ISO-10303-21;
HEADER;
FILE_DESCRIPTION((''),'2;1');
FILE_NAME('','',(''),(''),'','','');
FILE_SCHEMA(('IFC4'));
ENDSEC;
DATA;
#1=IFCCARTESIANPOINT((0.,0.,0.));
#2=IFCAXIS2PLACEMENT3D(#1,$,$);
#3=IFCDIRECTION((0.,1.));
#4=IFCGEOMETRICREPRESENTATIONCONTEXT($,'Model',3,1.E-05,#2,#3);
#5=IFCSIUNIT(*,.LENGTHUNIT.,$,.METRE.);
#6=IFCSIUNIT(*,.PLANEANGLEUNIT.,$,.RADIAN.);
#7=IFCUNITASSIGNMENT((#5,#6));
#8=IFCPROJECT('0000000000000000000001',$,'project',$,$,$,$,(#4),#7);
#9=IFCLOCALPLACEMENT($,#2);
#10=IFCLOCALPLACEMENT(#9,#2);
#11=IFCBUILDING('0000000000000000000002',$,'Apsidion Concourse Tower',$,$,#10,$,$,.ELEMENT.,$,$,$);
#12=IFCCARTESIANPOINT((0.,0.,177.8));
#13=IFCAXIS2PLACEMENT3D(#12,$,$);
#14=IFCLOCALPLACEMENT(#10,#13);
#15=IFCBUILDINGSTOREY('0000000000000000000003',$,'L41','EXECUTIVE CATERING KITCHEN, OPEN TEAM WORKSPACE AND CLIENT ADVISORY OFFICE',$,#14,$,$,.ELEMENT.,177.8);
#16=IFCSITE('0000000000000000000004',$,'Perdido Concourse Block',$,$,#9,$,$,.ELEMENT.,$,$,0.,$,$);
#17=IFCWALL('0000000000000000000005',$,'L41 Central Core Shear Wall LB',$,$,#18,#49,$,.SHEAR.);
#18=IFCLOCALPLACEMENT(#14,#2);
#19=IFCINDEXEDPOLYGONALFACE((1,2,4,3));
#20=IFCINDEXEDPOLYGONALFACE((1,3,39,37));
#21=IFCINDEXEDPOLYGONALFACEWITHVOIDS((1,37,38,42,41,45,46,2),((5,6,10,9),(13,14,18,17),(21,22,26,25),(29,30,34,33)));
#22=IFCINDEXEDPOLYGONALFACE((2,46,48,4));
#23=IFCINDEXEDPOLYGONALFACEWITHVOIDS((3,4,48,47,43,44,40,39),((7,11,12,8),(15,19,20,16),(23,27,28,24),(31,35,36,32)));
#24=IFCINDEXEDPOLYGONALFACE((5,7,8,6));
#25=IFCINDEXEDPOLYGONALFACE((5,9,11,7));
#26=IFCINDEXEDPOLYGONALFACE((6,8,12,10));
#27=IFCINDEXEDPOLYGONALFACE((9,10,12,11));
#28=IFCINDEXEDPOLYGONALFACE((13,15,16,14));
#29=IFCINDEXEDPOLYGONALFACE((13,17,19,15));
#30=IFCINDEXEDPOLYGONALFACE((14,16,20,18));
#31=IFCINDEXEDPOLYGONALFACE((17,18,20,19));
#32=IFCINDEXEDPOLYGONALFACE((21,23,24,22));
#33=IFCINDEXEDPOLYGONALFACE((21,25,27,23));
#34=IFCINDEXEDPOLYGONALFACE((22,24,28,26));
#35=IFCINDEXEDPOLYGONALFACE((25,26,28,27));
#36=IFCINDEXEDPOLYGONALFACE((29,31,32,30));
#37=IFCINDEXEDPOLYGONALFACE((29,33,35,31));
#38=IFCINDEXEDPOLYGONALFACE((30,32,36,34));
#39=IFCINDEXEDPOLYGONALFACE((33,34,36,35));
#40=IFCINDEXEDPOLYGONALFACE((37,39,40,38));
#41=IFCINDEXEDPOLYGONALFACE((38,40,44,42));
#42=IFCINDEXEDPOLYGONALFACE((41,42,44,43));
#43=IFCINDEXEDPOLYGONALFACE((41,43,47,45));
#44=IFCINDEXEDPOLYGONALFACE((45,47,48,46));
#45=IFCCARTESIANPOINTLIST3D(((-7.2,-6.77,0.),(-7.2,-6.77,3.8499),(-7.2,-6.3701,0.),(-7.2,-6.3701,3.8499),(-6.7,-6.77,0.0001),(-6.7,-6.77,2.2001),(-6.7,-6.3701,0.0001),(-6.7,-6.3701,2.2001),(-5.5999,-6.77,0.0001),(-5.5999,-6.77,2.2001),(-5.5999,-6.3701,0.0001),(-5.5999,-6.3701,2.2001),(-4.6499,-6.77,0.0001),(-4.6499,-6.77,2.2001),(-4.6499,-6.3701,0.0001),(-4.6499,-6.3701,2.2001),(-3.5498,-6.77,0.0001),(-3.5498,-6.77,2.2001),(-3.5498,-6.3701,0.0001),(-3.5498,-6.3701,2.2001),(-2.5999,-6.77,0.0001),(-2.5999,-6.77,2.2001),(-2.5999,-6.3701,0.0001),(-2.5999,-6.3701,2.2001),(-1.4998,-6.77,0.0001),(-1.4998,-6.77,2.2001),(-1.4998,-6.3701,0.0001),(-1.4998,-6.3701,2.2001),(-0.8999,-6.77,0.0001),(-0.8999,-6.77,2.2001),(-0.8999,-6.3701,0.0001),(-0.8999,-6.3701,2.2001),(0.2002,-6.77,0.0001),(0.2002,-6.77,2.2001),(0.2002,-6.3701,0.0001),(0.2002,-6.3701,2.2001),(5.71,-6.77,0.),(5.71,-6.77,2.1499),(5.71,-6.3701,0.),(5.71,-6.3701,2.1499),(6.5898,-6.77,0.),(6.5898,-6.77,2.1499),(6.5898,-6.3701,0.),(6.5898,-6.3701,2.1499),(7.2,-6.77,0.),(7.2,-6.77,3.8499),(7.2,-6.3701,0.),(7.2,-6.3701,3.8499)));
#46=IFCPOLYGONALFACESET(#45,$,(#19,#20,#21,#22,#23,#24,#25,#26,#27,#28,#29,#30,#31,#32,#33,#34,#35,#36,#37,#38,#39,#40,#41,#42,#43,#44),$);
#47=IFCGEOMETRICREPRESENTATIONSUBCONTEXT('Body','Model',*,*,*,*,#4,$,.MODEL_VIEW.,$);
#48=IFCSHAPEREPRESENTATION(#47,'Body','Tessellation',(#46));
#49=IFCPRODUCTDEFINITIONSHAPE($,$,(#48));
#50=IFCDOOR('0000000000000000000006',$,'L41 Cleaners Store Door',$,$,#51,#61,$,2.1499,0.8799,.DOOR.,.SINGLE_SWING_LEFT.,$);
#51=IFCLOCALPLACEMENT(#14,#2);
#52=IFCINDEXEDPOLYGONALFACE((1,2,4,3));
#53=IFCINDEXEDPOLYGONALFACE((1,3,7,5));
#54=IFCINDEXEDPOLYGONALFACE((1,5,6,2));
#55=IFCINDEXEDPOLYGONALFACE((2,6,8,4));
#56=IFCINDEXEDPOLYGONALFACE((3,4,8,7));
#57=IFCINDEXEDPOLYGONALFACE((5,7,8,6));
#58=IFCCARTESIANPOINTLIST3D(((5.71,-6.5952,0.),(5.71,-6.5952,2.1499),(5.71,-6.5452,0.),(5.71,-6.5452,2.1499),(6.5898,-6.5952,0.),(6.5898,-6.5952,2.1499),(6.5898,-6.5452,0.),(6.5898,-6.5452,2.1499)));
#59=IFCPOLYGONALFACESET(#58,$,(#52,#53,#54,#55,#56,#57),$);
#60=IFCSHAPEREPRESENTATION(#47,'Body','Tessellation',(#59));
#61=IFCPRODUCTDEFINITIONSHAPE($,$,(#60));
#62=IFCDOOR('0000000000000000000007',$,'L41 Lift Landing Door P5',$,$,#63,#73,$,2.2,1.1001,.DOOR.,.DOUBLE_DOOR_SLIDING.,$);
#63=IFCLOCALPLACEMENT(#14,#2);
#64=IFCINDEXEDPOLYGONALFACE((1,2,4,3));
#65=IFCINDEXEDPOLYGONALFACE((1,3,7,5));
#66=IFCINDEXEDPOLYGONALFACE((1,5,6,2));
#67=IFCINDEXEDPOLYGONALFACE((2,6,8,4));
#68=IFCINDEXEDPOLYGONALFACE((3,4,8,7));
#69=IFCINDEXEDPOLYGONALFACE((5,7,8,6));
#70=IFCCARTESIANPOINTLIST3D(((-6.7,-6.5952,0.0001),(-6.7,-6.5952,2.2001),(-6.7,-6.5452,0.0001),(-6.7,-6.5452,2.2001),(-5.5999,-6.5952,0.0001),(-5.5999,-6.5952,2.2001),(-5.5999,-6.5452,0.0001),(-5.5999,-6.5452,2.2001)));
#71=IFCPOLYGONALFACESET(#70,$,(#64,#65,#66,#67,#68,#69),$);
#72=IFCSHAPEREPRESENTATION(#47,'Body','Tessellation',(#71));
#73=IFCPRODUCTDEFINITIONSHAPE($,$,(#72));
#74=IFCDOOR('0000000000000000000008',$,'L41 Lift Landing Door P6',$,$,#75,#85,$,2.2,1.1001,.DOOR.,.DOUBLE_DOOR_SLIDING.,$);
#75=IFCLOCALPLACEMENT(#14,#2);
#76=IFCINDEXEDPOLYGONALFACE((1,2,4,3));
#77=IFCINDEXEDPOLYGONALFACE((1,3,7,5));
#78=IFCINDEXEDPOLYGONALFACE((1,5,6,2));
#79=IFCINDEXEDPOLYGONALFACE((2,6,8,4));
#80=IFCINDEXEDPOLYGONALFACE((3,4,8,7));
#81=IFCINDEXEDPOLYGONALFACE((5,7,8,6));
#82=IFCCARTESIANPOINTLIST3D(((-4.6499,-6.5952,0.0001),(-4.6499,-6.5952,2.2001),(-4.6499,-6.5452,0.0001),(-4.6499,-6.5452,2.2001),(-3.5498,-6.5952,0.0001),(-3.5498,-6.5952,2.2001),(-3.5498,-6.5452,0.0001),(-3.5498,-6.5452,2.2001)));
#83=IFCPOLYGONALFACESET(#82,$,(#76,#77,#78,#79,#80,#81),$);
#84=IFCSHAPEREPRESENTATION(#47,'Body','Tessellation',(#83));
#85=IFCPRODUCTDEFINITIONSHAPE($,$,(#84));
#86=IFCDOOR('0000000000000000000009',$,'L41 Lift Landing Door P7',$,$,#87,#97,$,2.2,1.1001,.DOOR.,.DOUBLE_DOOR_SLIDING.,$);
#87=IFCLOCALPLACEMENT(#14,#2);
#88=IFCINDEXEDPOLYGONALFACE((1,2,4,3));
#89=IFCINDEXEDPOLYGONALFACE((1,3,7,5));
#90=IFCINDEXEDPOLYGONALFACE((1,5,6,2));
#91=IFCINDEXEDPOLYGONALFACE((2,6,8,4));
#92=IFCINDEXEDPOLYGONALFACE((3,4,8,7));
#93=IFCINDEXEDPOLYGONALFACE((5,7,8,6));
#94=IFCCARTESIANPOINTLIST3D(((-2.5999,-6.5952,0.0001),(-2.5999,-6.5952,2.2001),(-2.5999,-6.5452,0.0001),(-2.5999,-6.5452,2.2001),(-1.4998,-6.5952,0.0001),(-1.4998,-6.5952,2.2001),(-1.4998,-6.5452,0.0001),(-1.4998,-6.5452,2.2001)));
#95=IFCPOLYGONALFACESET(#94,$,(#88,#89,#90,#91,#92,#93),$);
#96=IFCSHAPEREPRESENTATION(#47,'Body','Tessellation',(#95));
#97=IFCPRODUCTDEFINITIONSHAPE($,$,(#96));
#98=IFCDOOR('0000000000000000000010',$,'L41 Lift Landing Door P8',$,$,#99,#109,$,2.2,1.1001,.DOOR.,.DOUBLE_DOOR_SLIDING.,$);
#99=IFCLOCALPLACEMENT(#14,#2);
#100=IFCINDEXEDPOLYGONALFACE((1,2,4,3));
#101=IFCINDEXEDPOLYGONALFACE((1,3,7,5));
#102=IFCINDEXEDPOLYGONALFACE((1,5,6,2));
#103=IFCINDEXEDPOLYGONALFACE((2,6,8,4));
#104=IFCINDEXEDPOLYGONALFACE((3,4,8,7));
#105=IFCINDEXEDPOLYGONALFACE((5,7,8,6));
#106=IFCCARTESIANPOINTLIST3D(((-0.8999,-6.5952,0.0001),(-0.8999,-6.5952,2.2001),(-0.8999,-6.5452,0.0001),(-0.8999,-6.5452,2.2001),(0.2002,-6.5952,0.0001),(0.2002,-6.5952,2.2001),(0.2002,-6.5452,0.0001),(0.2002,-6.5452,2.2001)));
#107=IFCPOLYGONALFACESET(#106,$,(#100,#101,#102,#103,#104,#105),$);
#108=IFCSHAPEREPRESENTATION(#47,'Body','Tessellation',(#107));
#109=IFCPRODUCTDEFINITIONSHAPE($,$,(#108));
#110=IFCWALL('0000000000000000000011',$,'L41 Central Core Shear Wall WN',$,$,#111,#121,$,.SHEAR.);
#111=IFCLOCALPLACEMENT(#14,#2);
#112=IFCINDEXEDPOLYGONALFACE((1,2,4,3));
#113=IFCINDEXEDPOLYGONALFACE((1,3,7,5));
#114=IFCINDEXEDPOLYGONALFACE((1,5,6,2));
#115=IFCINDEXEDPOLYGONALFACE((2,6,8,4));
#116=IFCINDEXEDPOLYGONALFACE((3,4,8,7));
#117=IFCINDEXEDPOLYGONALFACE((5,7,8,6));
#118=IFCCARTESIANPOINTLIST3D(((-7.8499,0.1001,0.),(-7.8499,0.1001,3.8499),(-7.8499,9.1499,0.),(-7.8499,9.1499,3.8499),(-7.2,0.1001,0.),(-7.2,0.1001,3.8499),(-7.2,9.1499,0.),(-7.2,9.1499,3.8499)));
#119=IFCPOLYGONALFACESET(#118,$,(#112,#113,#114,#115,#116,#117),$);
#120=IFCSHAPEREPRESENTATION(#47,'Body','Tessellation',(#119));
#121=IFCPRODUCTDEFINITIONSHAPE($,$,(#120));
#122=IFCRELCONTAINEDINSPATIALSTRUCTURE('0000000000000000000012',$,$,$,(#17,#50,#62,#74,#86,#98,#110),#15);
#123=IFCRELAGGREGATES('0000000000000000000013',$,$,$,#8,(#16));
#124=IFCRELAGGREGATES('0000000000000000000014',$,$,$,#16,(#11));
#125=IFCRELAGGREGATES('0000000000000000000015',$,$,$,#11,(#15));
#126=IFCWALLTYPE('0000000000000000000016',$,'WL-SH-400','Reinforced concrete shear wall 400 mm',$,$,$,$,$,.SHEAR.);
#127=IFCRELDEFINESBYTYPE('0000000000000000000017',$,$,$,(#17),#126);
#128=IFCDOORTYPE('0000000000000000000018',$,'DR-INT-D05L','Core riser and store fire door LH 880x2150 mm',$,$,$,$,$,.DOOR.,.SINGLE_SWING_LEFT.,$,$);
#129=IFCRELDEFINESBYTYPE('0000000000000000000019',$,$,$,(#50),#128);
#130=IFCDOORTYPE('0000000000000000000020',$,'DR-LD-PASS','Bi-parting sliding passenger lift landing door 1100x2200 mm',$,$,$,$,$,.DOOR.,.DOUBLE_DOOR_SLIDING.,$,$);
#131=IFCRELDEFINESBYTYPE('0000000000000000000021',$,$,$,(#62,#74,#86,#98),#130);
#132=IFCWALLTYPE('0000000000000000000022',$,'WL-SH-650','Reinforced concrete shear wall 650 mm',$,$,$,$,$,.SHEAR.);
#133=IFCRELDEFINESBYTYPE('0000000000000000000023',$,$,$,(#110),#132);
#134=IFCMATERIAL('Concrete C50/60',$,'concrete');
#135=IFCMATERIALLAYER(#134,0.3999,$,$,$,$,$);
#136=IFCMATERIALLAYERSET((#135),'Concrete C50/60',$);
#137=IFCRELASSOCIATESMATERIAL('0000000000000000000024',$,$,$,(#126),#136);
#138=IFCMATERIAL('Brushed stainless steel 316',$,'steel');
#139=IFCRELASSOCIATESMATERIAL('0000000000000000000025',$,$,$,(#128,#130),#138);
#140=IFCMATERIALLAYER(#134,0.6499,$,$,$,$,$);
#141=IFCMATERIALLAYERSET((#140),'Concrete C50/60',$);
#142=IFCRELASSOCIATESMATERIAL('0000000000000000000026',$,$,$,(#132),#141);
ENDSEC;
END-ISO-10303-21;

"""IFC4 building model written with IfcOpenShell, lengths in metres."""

from ifc_helpers import new_model, si_unit, direction, frame, frame_2d, origin, place, context, subcontext, project, spatial, rectangle, extrude, material, layer, layer_set, type_object, element, fill, save


model = new_model("IFC4")

# Units and contexts
model_context = context("Model", 3, precision=1e-05, world=origin(), true_north=direction((0.0, 1.0)))
body_context = subcontext(model_context, "Body", "Model", "MODEL_VIEW")
ifc_project = project(units=[si_unit("LENGTHUNIT", "METRE"), si_unit("PLANEANGLEUNIT", "RADIAN")], contexts=[model_context])

# Site, building, storey
site_placement = place(None, origin())
site = spatial("IfcSite", under=ifc_project, at=site_placement, Name="Perdido Concourse Block", CompositionType="ELEMENT", RefElevation=0.0)
building_placement = place(site_placement, origin())
building = spatial("IfcBuilding", under=site, at=building_placement, Name="Apsidion Concourse Tower", CompositionType="ELEMENT")
storey_placement = place(building_placement, frame((0.0, 0.0, 177.8)))
storey = spatial("IfcBuildingStorey", under=building, at=storey_placement, Name="L41", Description="EXECUTIVE CATERING KITCHEN, OPEN TEAM WORKSPACE AND CLIENT ADVISORY OFFICE", CompositionType="ELEMENT", Elevation=177.8)

# Shared definitions
ifc_material_1 = material(Name="Concrete C50/60", Category="concrete")

# Shared definitions
ifc_material_2 = material(Name="Brushed stainless steel 316", Category="steel")

# Shared definitions
ifc_layer_1 = layer(ifc_material_1, 0.3999)
ifc_layer_set_1 = layer_set([ifc_layer_1], Name="Concrete C50/60")
wall_type_1 = type_object("IfcWallType", Name="WL-SH-400", Description="Reinforced concrete shear wall 400 mm", PredefinedType="SHEAR", material=ifc_layer_set_1)

# Wall, openings, doors
wall_1_placement = place(storey_placement, frame((-7.2, -6.5701, 0.0), z_axis=(0.0, 0.0, 1.0), x_axis=(1.0, 0.0, 0.0)))
wall_1 = element("IfcWall", 1, at=wall_1_placement, inside=storey, type_object=wall_type_1, Name="L41 Central Core Shear Wall LB", PredefinedType="SHEAR", context=body_context, shape_type="SweptSolid", body=[
    extrude(rectangle(XDim=14.3999, YDim=0.3999, at=frame_2d((7.2, 0.0))), origin(), (0.0, 0.0, 1.0), 3.8499),
])
opening_1_placement = place(wall_1_placement, frame((0.5, 0.0, 0.0)))
opening_1 = element("IfcOpeningElement", 2, at=opening_1_placement, cuts=wall_1, PredefinedType="OPENING", context=body_context, shape_type="SweptSolid", body=[
    extrude(rectangle(XDim=1.1001, YDim=2.2, at=frame_2d((0.55, 1.1001))), frame((0.0, 0.21, 0.0), z_axis=(0.0, -1.0, 0.0), x_axis=(1.0, 0.0, 0.0)), (0.0, 0.0, 1.0), 0.4199),
])
opening_2_placement = place(wall_1_placement, frame((2.55, 0.0, 0.0)))
opening_2 = element("IfcOpeningElement", 3, at=opening_2_placement, cuts=wall_1, PredefinedType="OPENING", context=body_context, shape_type="SweptSolid", body=[
    extrude(rectangle(XDim=1.1001, YDim=2.2, at=frame_2d((0.55, 1.1001))), frame((0.0, 0.21, 0.0), z_axis=(0.0, -1.0, 0.0), x_axis=(1.0, 0.0, 0.0)), (0.0, 0.0, 1.0), 0.4199),
])
opening_3_placement = place(wall_1_placement, frame((4.6001, 0.0, 0.0)))
opening_3 = element("IfcOpeningElement", 4, at=opening_3_placement, cuts=wall_1, PredefinedType="OPENING", context=body_context, shape_type="SweptSolid", body=[
    extrude(rectangle(XDim=1.1001, YDim=2.2, at=frame_2d((0.55, 1.1001))), frame((0.0, 0.21, 0.0), z_axis=(0.0, -1.0, 0.0), x_axis=(1.0, 0.0, 0.0)), (0.0, 0.0, 1.0), 0.4199),
])
opening_4_placement = place(wall_1_placement, frame((6.3, 0.0, 0.0)))
opening_4 = element("IfcOpeningElement", 5, at=opening_4_placement, cuts=wall_1, PredefinedType="OPENING", context=body_context, shape_type="SweptSolid", body=[
    extrude(rectangle(XDim=1.1001, YDim=2.2, at=frame_2d((0.55, 1.1001))), frame((0.0, 0.21, 0.0), z_axis=(0.0, -1.0, 0.0), x_axis=(1.0, 0.0, 0.0)), (0.0, 0.0, 1.0), 0.4199),
])
opening_5_placement = place(wall_1_placement, frame((12.9099, 0.0, 0.0)))
opening_5 = element("IfcOpeningElement", 6, at=opening_5_placement, cuts=wall_1, PredefinedType="OPENING", context=body_context, shape_type="SweptSolid", body=[
    extrude(rectangle(XDim=0.8799, YDim=2.1499, at=frame_2d((0.4399, 1.075))), frame((0.0, 0.21, 0.0), z_axis=(0.0, -1.0, 0.0), x_axis=(1.0, 0.0, 0.0)), (0.0, 0.0, 1.0), 0.4199),
])
door_type_1 = type_object("IfcDoorType", Name="DR-INT-D05L", Description="Core riser and store fire door LH 880x2150 mm", OperationType="SINGLE_SWING_LEFT", PredefinedType="DOOR", material=ifc_material_2)
door_1_placement = place(opening_5_placement, origin())
door_1 = element("IfcDoor", 7, at=door_1_placement, inside=storey, type_object=door_type_1, Name="L41 Cleaners Store Door", OperationType="SINGLE_SWING_LEFT", OverallHeight=2.1499, OverallWidth=0.8799, PredefinedType="DOOR", context=body_context, shape_type="SweptSolid", body=[
    extrude(rectangle(XDim=0.8799, YDim=2.1499, at=frame_2d((0.4399, 1.075))), frame((0.0, 0.0249, 0.0), z_axis=(0.0, -1.0, 0.0), x_axis=(1.0, 0.0, 0.0)), (0.0, 0.0, 1.0), 0.05),
])
fill(opening_5, door_1)
door_type_2 = type_object("IfcDoorType", Name="DR-LD-PASS", Description="Bi-parting sliding passenger lift landing door 1100x2200 mm", OperationType="DOUBLE_DOOR_SLIDING", PredefinedType="DOOR", material=ifc_material_2)
door_2_placement = place(opening_1_placement, origin())
door_2 = element("IfcDoor", 8, at=door_2_placement, inside=storey, type_object=door_type_2, Name="L41 Lift Landing Door P5", OperationType="DOUBLE_DOOR_SLIDING", OverallHeight=2.2, OverallWidth=1.1001, PredefinedType="DOOR", context=body_context, shape_type="SweptSolid", body=[
    extrude(rectangle(XDim=1.1001, YDim=2.2, at=frame_2d((0.55, 1.1001))), frame((0.0, 0.0249, 0.0), z_axis=(0.0, -1.0, 0.0), x_axis=(1.0, 0.0, 0.0)), (0.0, 0.0, 1.0), 0.05),
])
fill(opening_1, door_2)
door_3_placement = place(opening_2_placement, origin())
door_3 = element("IfcDoor", 9, at=door_3_placement, inside=storey, type_object=door_type_2, Name="L41 Lift Landing Door P6", OperationType="DOUBLE_DOOR_SLIDING", OverallHeight=2.2, OverallWidth=1.1001, PredefinedType="DOOR", context=body_context, shape_type="SweptSolid", body=[
    extrude(rectangle(XDim=1.1001, YDim=2.2, at=frame_2d((0.55, 1.1001))), frame((0.0, 0.0249, 0.0), z_axis=(0.0, -1.0, 0.0), x_axis=(1.0, 0.0, 0.0)), (0.0, 0.0, 1.0), 0.05),
])
fill(opening_2, door_3)
door_4_placement = place(opening_3_placement, origin())
door_4 = element("IfcDoor", 10, at=door_4_placement, inside=storey, type_object=door_type_2, Name="L41 Lift Landing Door P7", OperationType="DOUBLE_DOOR_SLIDING", OverallHeight=2.2, OverallWidth=1.1001, PredefinedType="DOOR", context=body_context, shape_type="SweptSolid", body=[
    extrude(rectangle(XDim=1.1001, YDim=2.2, at=frame_2d((0.55, 1.1001))), frame((0.0, 0.0249, 0.0), z_axis=(0.0, -1.0, 0.0), x_axis=(1.0, 0.0, 0.0)), (0.0, 0.0, 1.0), 0.05),
])
fill(opening_3, door_4)
door_5_placement = place(opening_4_placement, origin())
door_5 = element("IfcDoor", 11, at=door_5_placement, inside=storey, type_object=door_type_2, Name="L41 Lift Landing Door P8", OperationType="DOUBLE_DOOR_SLIDING", OverallHeight=2.2, OverallWidth=1.1001, PredefinedType="DOOR", context=body_context, shape_type="SweptSolid", body=[
    extrude(rectangle(XDim=1.1001, YDim=2.2, at=frame_2d((0.55, 1.1001))), frame((0.0, 0.0249, 0.0), z_axis=(0.0, -1.0, 0.0), x_axis=(1.0, 0.0, 0.0)), (0.0, 0.0, 1.0), 0.05),
])
fill(opening_4, door_5)

# Wall
ifc_layer_2 = layer(ifc_material_1, 0.6499)
ifc_layer_set_2 = layer_set([ifc_layer_2], Name="Concrete C50/60")
wall_type_2 = type_object("IfcWallType", Name="WL-SH-650", Description="Reinforced concrete shear wall 650 mm", PredefinedType="SHEAR", material=ifc_layer_set_2)
wall_2_placement = place(storey_placement, frame((-7.5249, 0.1001, 0.0), z_axis=(0.0, 0.0, 1.0), x_axis=(0.0, 1.0, 0.0)))
element("IfcWall", 12, at=wall_2_placement, inside=storey, type_object=wall_type_2, Name="L41 Central Core Shear Wall WN", PredefinedType="SHEAR", context=body_context, shape_type="SweptSolid", body=[
    extrude(rectangle(XDim=9.0498, YDim=0.6499, at=frame_2d((4.5249, 0.0))), origin(), (0.0, 0.0, 1.0), 3.8499),
])

save(model, "model.ifc")
